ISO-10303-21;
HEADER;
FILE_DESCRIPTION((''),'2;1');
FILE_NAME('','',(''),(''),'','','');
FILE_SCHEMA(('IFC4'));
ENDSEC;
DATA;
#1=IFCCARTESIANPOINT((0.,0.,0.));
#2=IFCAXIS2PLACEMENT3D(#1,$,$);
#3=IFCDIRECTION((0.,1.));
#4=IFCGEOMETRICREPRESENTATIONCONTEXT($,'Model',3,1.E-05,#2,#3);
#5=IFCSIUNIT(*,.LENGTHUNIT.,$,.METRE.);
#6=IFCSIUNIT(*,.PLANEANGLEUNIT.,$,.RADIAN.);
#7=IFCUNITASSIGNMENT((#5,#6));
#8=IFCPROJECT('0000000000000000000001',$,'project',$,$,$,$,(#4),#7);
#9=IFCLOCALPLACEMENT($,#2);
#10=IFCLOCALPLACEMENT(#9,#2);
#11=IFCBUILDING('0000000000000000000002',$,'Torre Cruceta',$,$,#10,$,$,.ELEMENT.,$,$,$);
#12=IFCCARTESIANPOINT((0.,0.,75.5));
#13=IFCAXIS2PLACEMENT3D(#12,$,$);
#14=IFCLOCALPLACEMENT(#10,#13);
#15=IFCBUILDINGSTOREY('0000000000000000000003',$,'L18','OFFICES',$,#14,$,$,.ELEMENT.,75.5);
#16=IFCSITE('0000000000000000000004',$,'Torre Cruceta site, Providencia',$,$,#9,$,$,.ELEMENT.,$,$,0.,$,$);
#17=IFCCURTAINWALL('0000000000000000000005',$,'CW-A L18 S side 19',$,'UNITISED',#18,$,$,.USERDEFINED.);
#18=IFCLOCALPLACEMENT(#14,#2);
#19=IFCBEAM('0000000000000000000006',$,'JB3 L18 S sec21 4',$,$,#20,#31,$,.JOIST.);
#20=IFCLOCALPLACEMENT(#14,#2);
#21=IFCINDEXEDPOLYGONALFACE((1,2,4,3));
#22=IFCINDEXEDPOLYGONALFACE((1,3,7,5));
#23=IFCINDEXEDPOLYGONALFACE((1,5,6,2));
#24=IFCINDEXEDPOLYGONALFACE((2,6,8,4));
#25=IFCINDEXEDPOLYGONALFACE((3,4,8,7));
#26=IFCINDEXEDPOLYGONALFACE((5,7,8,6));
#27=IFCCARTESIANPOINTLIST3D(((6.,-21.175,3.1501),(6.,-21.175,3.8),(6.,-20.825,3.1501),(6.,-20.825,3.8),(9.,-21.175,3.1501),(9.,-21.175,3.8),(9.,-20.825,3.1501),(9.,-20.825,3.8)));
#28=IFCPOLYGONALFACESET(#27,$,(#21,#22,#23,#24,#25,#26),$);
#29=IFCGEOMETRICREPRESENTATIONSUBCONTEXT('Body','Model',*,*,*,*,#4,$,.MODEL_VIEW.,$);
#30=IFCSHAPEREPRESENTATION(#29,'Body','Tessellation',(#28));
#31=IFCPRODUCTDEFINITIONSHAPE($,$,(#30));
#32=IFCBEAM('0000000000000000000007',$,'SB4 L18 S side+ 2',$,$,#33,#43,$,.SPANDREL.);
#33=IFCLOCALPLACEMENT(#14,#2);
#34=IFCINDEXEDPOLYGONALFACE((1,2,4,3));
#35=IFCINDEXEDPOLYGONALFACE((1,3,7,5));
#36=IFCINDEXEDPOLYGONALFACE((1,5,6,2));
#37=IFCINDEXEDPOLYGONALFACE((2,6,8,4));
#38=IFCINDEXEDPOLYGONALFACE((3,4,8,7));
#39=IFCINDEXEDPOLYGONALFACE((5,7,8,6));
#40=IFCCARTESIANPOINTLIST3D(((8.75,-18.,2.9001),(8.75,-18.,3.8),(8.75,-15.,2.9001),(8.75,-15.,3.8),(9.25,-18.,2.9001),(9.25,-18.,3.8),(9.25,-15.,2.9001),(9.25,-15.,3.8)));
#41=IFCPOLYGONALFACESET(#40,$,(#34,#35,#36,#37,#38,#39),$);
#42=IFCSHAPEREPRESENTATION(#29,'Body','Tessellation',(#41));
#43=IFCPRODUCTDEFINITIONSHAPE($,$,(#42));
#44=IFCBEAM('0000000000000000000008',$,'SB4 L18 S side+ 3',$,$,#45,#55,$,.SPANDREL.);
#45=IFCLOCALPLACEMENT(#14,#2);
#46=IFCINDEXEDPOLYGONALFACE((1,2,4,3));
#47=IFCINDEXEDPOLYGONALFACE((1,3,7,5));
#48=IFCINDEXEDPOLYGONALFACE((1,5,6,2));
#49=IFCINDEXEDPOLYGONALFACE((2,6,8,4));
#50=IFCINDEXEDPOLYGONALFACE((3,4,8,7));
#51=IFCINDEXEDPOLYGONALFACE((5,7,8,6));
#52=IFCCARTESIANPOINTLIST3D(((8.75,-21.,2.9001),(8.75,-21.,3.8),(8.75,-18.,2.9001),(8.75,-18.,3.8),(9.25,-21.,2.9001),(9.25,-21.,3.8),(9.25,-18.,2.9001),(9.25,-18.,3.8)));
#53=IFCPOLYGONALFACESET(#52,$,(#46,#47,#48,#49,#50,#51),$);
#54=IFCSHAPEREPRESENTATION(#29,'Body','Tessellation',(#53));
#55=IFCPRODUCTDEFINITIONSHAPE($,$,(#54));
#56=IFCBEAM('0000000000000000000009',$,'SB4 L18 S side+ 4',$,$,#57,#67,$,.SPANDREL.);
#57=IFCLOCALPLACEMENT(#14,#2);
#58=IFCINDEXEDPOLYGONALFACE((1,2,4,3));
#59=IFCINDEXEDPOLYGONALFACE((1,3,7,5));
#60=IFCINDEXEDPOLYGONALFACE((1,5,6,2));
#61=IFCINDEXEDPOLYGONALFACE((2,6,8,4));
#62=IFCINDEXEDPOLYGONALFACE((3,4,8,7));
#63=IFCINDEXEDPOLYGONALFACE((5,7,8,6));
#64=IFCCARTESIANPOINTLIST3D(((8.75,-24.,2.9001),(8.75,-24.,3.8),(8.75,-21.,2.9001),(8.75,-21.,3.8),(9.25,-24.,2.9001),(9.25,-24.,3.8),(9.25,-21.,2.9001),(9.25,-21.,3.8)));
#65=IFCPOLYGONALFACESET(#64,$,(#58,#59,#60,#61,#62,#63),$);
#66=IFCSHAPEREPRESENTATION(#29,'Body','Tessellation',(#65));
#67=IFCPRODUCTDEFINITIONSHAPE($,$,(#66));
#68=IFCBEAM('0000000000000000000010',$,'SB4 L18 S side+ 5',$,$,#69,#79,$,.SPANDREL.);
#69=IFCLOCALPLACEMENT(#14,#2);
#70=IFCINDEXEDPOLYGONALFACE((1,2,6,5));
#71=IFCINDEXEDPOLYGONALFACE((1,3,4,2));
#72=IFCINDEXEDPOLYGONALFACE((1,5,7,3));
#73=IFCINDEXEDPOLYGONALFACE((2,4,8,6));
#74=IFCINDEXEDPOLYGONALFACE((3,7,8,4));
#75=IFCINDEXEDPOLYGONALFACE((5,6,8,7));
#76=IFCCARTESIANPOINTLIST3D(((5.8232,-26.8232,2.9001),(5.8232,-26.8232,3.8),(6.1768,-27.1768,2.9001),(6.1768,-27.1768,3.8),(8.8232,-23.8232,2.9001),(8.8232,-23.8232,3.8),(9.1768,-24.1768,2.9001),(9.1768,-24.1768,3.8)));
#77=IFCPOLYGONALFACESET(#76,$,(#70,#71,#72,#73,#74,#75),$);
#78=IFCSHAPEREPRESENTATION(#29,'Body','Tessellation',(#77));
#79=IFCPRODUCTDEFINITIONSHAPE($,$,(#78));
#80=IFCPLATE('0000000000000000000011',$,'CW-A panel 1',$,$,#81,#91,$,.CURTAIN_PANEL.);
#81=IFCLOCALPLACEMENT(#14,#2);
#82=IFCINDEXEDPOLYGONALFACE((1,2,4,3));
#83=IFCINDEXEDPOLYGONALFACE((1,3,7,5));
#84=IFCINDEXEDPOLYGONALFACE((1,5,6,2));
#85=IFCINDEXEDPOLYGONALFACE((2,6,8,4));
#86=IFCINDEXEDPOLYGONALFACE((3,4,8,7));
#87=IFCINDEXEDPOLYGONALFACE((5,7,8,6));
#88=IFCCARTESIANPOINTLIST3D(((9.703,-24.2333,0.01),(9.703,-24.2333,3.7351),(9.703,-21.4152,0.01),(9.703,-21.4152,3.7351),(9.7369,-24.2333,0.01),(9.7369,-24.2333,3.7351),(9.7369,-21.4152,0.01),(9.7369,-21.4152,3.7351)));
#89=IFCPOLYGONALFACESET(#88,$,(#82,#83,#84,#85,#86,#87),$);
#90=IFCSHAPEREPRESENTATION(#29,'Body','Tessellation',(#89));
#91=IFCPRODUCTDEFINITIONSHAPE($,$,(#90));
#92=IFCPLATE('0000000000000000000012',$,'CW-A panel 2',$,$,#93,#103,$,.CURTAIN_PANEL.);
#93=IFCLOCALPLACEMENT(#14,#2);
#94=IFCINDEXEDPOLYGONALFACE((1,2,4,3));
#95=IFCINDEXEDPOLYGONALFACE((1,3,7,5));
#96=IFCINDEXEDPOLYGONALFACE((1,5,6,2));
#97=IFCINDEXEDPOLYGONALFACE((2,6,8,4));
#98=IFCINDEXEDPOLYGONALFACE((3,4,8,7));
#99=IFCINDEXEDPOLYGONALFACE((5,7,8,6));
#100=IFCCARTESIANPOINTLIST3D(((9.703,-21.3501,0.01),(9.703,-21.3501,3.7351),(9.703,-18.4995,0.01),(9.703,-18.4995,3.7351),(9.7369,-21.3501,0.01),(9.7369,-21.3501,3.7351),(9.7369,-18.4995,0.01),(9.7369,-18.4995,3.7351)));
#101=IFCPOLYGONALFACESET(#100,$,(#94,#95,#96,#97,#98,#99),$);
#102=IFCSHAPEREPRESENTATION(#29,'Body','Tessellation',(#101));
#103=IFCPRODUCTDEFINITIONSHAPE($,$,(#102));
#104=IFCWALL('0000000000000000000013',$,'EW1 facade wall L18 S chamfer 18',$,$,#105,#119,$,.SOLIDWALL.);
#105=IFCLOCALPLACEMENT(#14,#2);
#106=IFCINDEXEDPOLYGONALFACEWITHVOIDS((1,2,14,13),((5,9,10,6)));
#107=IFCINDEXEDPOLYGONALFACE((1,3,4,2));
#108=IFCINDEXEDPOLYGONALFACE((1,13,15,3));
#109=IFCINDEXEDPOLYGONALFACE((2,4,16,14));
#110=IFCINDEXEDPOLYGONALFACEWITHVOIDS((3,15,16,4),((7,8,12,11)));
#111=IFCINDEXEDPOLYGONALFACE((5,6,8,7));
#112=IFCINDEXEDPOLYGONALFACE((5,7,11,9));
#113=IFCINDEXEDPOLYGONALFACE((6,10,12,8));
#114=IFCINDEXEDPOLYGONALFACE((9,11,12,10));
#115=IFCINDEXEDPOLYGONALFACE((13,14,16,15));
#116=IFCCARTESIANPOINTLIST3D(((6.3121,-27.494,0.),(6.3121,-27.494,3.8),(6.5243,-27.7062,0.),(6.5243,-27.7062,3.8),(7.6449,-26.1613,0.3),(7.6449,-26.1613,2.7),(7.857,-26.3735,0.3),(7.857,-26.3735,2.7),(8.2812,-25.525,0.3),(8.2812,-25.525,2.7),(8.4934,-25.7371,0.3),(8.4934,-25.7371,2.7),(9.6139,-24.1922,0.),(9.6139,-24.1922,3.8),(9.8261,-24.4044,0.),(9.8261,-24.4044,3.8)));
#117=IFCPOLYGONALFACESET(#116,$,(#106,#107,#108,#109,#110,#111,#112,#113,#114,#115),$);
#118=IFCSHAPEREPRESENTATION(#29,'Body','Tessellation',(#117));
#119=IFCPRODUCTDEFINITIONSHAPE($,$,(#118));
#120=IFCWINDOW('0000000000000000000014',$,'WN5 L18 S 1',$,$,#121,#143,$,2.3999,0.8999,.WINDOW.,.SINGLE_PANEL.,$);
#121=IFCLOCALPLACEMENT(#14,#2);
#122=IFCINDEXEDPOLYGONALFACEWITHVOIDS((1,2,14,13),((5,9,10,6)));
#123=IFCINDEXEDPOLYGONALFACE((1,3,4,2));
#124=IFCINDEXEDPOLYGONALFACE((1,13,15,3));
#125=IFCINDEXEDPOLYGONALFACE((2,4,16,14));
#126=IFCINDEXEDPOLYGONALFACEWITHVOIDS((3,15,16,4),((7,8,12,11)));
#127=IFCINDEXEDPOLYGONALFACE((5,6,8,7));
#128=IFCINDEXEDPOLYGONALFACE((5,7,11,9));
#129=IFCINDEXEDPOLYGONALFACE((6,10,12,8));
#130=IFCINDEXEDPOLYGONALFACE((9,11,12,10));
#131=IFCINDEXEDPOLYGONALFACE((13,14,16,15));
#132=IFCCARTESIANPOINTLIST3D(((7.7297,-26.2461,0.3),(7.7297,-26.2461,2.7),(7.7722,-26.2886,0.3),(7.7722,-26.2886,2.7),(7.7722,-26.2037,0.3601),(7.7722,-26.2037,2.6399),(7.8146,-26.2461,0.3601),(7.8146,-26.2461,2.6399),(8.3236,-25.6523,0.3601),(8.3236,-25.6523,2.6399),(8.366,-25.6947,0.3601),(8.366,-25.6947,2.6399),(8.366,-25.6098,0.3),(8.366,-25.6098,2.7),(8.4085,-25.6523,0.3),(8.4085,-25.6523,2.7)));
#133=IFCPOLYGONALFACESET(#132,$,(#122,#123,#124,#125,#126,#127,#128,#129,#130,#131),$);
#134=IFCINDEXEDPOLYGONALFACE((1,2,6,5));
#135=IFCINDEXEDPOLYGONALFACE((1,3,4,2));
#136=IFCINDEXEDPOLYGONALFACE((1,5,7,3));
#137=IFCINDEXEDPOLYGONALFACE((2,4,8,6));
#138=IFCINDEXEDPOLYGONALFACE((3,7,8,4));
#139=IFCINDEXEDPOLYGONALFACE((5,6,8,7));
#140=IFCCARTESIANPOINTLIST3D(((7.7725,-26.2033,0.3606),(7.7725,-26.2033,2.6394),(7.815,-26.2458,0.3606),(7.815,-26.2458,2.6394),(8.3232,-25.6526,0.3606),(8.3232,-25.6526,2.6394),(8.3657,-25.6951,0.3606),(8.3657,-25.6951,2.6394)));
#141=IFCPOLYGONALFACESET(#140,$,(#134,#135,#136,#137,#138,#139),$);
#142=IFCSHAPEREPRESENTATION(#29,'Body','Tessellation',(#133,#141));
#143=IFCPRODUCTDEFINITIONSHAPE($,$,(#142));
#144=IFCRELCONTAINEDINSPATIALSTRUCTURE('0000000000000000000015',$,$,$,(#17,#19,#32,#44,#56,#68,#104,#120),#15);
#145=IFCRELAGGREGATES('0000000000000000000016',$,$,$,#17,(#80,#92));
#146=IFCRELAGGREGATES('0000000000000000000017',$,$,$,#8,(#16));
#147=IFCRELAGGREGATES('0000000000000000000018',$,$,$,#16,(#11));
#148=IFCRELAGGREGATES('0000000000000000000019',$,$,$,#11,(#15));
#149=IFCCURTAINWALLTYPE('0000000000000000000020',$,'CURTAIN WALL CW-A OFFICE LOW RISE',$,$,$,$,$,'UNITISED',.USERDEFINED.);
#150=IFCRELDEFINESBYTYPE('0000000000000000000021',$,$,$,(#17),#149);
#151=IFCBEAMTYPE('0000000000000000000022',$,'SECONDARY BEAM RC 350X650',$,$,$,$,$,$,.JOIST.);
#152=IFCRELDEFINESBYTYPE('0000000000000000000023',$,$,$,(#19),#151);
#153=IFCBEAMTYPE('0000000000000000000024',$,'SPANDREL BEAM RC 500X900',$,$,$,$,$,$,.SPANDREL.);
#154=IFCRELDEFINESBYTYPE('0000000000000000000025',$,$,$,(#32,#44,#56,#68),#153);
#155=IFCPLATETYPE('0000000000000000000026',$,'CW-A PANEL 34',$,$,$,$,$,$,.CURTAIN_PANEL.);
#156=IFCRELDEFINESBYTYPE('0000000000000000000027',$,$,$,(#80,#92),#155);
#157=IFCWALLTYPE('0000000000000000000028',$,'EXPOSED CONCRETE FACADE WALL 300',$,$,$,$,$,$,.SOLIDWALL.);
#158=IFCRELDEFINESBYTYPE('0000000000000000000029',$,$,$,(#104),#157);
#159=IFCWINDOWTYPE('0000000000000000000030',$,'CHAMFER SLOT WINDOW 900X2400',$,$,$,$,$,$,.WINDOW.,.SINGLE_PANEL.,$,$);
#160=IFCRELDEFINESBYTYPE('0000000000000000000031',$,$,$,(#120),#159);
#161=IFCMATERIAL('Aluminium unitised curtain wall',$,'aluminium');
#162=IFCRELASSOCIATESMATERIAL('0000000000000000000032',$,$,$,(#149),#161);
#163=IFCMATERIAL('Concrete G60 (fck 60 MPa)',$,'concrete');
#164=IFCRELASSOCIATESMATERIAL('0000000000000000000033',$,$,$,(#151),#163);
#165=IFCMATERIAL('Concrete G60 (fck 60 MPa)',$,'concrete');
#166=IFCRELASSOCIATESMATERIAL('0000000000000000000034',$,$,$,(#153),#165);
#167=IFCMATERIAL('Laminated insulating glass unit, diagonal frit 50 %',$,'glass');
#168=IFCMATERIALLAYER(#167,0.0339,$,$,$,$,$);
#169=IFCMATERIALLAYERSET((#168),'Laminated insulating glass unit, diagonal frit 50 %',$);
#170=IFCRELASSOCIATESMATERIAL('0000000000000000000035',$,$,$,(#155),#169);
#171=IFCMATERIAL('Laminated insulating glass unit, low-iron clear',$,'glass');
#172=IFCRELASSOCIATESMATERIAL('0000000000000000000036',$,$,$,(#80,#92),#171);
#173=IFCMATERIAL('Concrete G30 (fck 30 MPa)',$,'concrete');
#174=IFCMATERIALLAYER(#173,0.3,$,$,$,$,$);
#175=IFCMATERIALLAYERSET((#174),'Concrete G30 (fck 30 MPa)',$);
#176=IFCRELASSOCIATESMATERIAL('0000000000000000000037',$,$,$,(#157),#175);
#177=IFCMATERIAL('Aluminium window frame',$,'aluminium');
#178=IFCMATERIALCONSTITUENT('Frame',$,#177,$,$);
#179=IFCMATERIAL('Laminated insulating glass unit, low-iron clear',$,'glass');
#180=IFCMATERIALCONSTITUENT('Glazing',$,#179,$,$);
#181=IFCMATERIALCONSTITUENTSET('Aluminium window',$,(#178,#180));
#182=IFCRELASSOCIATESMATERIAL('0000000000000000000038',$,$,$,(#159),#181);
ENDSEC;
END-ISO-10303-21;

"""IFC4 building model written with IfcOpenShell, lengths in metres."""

from ifc_helpers import new_model, si_unit, direction, frame, frame_2d, origin, origin_2d, place, context, subcontext, project, spatial, rectangle, hollow_rectangle, extrude, material, layer, layer_set, constituent, constituent_set, material_profile, profile_set, type_object, element, fill, aggregate, save


model = new_model("IFC4")

# Units and contexts
model_context = context("Model", 3, precision=1e-05, world=origin(), true_north=direction((0.0, 1.0)))
body_context = subcontext(model_context, "Body", "Model", "MODEL_VIEW")
ifc_project = project(units=[si_unit("LENGTHUNIT", "METRE"), si_unit("PLANEANGLEUNIT", "RADIAN")], contexts=[model_context])

# Site, building, storey
site_placement = place(None, origin())
site = spatial("IfcSite", under=ifc_project, at=site_placement, Name="Torre Cruceta site, Providencia", CompositionType="ELEMENT", RefElevation=0.0)
building_placement = place(site_placement, origin())
building = spatial("IfcBuilding", under=site, at=building_placement, Name="Torre Cruceta", CompositionType="ELEMENT")
storey_placement = place(building_placement, frame((0.0, 0.0, 75.5)))
storey = spatial("IfcBuildingStorey", under=building, at=storey_placement, Name="L18", Description="OFFICES", CompositionType="ELEMENT", Elevation=75.5)

# Curtain wall
ifc_material_1 = material(Name="Aluminium unitised curtain wall", Category="aluminium")
curtain_wall_type = type_object("IfcCurtainWallType", Name="CURTAIN WALL CW-A OFFICE LOW RISE", ElementType="UNITISED", PredefinedType="USERDEFINED", material=ifc_material_1)
curtain_wall_placement = place(storey_placement, origin())
curtain_wall = element("IfcCurtainWall", 1, at=curtain_wall_placement, inside=storey, type_object=curtain_wall_type, Name="CW-A L18 S side 19", ObjectType="UNITISED", PredefinedType="USERDEFINED")

# Beams
ifc_material_2 = material(Name="Concrete G60 (fck 60 MPa)", Category="concrete")
ifc_material_profile_1 = material_profile(ifc_material_2, rectangle(XDim=0.3501, YDim=0.6499, at=origin_2d()), Name="RC 350X650")
ifc_profile_set_1 = profile_set([ifc_material_profile_1], Name="Concrete G60 (fck 60 MPa)")
beam_type_1 = type_object("IfcBeamType", Name="SECONDARY BEAM RC 350X650", PredefinedType="JOIST", material=ifc_profile_set_1)
beam_1_placement = place(storey_placement, frame((6.0, -21.0, 3.4751), z_axis=(1.0, 0.0, 0.0), x_axis=(0.0, 1.0, 0.0)))
element("IfcBeam", 2, at=beam_1_placement, inside=storey, type_object=beam_type_1, Name="JB3 L18 S sec21 4", PredefinedType="JOIST", context=body_context, shape_type="SweptSolid", body=[
    extrude(rectangle(XDim=0.3501, YDim=0.6499, at=origin_2d()), origin(), (0.0, 0.0, 1.0), 3.0),
])
ifc_material_3 = material(Name="Concrete G60 (fck 60 MPa)", Category="concrete")
ifc_material_profile_2 = material_profile(ifc_material_3, rectangle(XDim=0.5, YDim=0.8999, at=origin_2d()), Name="RC 500X900")
ifc_profile_set_2 = profile_set([ifc_material_profile_2], Name="Concrete G60 (fck 60 MPa)")
beam_type_2 = type_object("IfcBeamType", Name="SPANDREL BEAM RC 500X900", PredefinedType="SPANDREL", material=ifc_profile_set_2)
for number, where, z_axis, x_axis, name in (
    (3, (9.0, -15.0, 3.3501), (0.0, -1.0, 0.0), (1.0, 0.0, 0.0), "SB4 L18 S side+ 2"),
    (4, (9.0, -18.0, 3.3501), (0.0, -1.0, 0.0), (1.0, 0.0, 0.0), "SB4 L18 S side+ 3"),
    (5, (9.0, -21.0, 3.3501), (0.0, -1.0, 0.0), (1.0, 0.0, 0.0), "SB4 L18 S side+ 4"),
):
    element("IfcBeam", number, at=place(storey_placement, frame(where, z_axis=z_axis, x_axis=x_axis)), inside=storey, type_object=beam_type_2, Name=name, PredefinedType="SPANDREL", context=body_context, shape_type="SweptSolid", body=[
        extrude(rectangle(XDim=0.5, YDim=0.8999, at=origin_2d()), origin(), (0.0, 0.0, 1.0), 3.0),
    ])
beam_2_placement = place(storey_placement, frame((9.0, -24.0, 3.3501), z_axis=(-0.707107, -0.707107, 0.0), x_axis=(0.707107, -0.707107, 0.0)))
element("IfcBeam", 6, at=beam_2_placement, inside=storey, type_object=beam_type_2, Name="SB4 L18 S side+ 5", PredefinedType="SPANDREL", context=body_context, shape_type="SweptSolid", body=[
    extrude(rectangle(XDim=0.5, YDim=0.8999, at=origin_2d()), origin(), (0.0, 0.0, 1.0), 4.2427),
])

# Plates
ifc_material_4 = material(Name="Laminated insulating glass unit, low-iron clear", Category="glass")
ifc_material_5 = material(Name="Laminated insulating glass unit, diagonal frit 50 %", Category="glass")
ifc_layer_1 = layer(ifc_material_5, 0.0339)
ifc_layer_set_1 = layer_set([ifc_layer_1], Name="Laminated insulating glass unit, diagonal frit 50 %")
plate_type = type_object("IfcPlateType", Name="CW-A PANEL 34", PredefinedType="CURTAIN_PANEL", material=ifc_layer_set_1)
plate_1_placement = place(storey_placement, frame((9.72, -22.8242, 0.01), z_axis=(0.0, 0.0, 1.0), x_axis=(0.0, 1.0, 0.0)))
plate_1 = element("IfcPlate", 7, at=plate_1_placement, type_object=plate_type, material=ifc_material_4, Name="CW-A panel 1", PredefinedType="CURTAIN_PANEL", context=body_context, shape_type="SweptSolid", body=[
    extrude(rectangle(XDim=2.8181, YDim=0.0339, at=origin_2d()), origin(), (0.0, 0.0, 1.0), 3.7251),
])
plate_2_placement = place(storey_placement, frame((9.72, -19.9248, 0.01), z_axis=(0.0, 0.0, 1.0), x_axis=(0.0, 1.0, 0.0)))
plate_2 = element("IfcPlate", 8, at=plate_2_placement, type_object=plate_type, material=ifc_material_4, Name="CW-A panel 2", PredefinedType="CURTAIN_PANEL", context=body_context, shape_type="SweptSolid", body=[
    extrude(rectangle(XDim=2.8506, YDim=0.0339, at=origin_2d()), origin(), (0.0, 0.0, 1.0), 3.7251),
])
aggregate(curtain_wall, [plate_1, plate_2])

# Wall, opening, window
ifc_material_6 = material(Name="Concrete G30 (fck 30 MPa)", Category="concrete")
ifc_layer_2 = layer(ifc_material_6, 0.3)
ifc_layer_set_2 = layer_set([ifc_layer_2], Name="Concrete G30 (fck 30 MPa)")
wall_type_1 = type_object("IfcWallType", Name="EXPOSED CONCRETE FACADE WALL 300", PredefinedType="SOLIDWALL", material=ifc_layer_set_2)
wall_1_placement = place(storey_placement, frame((6.4182, -27.6001, 0.0), z_axis=(0.0, 0.0, 1.0), x_axis=(0.707107, 0.707107, 0.0)))
wall_1 = element("IfcWall", 9, at=wall_1_placement, inside=storey, type_object=wall_type_1, Name="EW1 facade wall L18 S chamfer 18", PredefinedType="SOLIDWALL", context=body_context, shape_type="SweptSolid", body=[
    extrude(rectangle(XDim=4.6694, YDim=0.3, at=frame_2d((2.3347, 0.0))), origin(), (0.0, 0.0, 1.0), 3.8),
])
opening_1_placement = place(wall_1_placement, frame((1.8848, 0.0, 0.3)))
opening_1 = element("IfcOpeningElement", 10, at=opening_1_placement, cuts=wall_1, PredefinedType="OPENING", context=body_context, shape_type="SweptSolid", body=[
    extrude(rectangle(XDim=0.8999, YDim=2.3999, at=frame_2d((0.45, 1.2))), frame((0.0, 0.1599, 0.0), z_axis=(0.0, -1.0, 0.0), x_axis=(1.0, 0.0, 0.0)), (0.0, 0.0, 1.0), 0.3201),
])
ifc_material_7 = material(Name="Aluminium window frame", Category="aluminium")
ifc_constituent_1 = constituent(ifc_material_7, Name="Frame")
ifc_material_8 = material(Name="Laminated insulating glass unit, low-iron clear", Category="glass")
ifc_constituent_2 = constituent(ifc_material_8, Name="Glazing")
ifc_constituent_set_1 = constituent_set(constituents=[ifc_constituent_1, ifc_constituent_2], Name="Aluminium window")
window_type = type_object("IfcWindowType", Name="CHAMFER SLOT WINDOW 900X2400", PartitioningType="SINGLE_PANEL", PredefinedType="WINDOW", material=ifc_constituent_set_1)
window_placement = place(opening_1_placement, origin())
window = element("IfcWindow", 11, at=window_placement, inside=storey, type_object=window_type, Name="WN5 L18 S 1", OverallHeight=2.3999, OverallWidth=0.8999, PartitioningType="SINGLE_PANEL", PredefinedType="WINDOW", context=body_context, shape_type="SweptSolid", body=[
    extrude(hollow_rectangle(XDim=0.8999, YDim=2.3999, WallThickness=0.0601, at=frame_2d((0.45, 1.2))), frame((0.0, 0.03, 0.0), z_axis=(0.0, -1.0, 0.0), x_axis=(1.0, 0.0, 0.0)), (0.0, 0.0, 1.0), 0.0601),
    extrude(rectangle(XDim=0.7788, YDim=2.2788, at=frame_2d((0.45, 1.2))), frame((0.0, 0.03, 0.0), z_axis=(0.0, -1.0, 0.0), x_axis=(1.0, 0.0, 0.0)), (0.0, 0.0, 1.0), 0.0601),
])
fill(opening_1, window)

save(model, "model.ifc")
